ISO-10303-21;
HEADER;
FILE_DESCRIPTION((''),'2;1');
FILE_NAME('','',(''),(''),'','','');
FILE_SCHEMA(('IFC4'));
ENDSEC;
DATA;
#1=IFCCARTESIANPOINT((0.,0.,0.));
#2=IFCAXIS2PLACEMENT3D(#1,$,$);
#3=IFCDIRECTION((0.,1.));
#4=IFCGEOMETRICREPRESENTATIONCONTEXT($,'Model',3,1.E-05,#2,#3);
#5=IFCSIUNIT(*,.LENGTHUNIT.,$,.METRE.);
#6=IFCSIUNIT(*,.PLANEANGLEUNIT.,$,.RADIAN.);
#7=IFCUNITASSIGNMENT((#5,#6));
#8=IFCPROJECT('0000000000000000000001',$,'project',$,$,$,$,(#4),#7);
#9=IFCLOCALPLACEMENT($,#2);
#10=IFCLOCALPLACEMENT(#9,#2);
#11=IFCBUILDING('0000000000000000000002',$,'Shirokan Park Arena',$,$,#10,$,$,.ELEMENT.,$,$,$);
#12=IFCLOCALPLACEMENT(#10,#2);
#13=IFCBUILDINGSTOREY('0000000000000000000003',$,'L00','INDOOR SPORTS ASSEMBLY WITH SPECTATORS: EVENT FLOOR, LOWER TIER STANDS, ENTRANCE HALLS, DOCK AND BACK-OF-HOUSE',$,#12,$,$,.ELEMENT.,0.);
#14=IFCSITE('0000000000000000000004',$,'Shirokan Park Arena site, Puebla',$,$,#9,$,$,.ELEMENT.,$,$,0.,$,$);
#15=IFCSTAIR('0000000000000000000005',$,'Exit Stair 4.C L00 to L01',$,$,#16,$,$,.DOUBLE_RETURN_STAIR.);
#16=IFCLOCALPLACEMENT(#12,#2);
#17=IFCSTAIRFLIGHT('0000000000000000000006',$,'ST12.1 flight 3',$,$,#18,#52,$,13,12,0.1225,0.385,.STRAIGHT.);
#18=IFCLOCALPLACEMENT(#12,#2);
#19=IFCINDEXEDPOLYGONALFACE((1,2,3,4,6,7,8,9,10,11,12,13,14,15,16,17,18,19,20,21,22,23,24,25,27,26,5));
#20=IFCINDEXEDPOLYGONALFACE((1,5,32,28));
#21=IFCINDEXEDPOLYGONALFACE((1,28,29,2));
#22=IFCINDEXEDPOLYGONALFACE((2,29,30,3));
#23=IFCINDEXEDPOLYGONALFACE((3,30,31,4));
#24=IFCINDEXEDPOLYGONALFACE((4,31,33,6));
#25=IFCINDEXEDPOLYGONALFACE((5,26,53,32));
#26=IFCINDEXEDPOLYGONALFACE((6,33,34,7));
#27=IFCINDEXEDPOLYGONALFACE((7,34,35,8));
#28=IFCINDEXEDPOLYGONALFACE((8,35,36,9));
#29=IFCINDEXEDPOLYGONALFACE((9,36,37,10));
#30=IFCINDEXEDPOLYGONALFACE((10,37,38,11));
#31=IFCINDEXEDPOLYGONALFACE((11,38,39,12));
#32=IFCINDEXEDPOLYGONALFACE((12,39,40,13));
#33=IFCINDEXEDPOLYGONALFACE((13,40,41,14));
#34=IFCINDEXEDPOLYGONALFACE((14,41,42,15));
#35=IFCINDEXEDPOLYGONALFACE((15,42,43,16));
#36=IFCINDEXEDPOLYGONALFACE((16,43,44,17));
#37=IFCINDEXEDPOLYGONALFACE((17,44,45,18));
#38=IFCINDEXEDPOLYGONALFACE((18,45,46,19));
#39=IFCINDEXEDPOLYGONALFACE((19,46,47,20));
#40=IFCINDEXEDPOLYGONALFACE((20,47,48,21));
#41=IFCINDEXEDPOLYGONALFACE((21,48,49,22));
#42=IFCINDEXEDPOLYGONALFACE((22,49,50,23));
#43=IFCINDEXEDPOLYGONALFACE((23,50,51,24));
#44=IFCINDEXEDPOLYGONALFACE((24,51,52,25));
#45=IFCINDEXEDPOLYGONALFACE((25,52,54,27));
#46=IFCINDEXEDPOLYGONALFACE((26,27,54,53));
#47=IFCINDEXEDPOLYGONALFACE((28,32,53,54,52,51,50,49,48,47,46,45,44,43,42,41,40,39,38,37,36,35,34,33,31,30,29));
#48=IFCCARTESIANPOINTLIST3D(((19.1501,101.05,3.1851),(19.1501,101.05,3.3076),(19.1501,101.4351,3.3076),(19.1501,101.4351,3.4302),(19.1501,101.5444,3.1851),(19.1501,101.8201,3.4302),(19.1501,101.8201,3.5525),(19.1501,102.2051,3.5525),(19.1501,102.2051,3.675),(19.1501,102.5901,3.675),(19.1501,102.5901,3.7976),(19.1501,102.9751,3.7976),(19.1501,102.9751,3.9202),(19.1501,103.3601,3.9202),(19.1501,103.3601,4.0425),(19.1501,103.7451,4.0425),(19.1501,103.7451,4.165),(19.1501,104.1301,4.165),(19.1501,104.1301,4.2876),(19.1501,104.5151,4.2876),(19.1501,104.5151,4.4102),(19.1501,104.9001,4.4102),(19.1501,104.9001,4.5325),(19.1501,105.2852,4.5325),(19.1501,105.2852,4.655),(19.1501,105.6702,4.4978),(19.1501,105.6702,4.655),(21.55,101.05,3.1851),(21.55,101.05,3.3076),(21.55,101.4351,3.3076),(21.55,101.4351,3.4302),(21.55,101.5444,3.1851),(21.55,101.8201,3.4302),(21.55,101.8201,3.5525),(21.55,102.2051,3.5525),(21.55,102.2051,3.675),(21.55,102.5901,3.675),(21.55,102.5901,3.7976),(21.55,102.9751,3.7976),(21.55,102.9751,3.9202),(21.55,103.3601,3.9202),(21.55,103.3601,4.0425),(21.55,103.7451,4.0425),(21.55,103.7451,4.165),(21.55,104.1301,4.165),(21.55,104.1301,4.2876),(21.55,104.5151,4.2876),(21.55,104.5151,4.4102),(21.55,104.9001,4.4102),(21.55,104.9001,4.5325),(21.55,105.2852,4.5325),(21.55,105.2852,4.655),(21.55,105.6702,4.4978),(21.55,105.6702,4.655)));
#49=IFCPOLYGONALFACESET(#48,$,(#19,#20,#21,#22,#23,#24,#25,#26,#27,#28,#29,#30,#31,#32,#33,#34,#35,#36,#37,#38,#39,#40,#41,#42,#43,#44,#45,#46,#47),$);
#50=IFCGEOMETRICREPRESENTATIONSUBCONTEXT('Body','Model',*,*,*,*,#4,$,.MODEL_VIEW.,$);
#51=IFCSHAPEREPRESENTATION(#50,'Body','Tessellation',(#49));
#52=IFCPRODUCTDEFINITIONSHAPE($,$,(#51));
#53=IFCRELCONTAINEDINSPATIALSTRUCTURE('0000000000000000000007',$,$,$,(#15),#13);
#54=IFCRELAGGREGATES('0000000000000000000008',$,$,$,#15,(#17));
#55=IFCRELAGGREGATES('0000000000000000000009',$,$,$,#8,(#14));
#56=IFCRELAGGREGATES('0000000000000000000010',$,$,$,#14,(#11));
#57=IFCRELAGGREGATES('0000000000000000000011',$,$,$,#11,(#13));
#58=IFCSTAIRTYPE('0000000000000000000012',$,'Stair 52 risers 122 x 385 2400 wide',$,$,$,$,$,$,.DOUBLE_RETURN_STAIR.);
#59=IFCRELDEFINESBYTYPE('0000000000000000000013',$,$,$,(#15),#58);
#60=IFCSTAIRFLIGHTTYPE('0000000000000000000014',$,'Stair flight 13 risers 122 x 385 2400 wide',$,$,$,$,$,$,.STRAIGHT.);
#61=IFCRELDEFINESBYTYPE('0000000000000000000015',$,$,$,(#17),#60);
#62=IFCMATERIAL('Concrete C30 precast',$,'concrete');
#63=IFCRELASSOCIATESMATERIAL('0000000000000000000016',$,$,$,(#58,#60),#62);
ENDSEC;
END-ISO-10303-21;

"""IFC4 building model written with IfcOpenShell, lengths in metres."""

from ifc_helpers import new_model, si_unit, direction, frame, origin, place, context, subcontext, project, spatial, polyline, outline, extrude, material, type_object, element, aggregate, save


model = new_model("IFC4")

# Units and contexts
model_context = context("Model", 3, precision=1e-05, world=origin(), true_north=direction((0.0, 1.0)))
body_context = subcontext(model_context, "Body", "Model", "MODEL_VIEW")
ifc_project = project(units=[si_unit("LENGTHUNIT", "METRE"), si_unit("PLANEANGLEUNIT", "RADIAN")], contexts=[model_context])

# Site, building, storey
site_placement = place(None, origin())
site = spatial("IfcSite", under=ifc_project, at=site_placement, Name="Shirokan Park Arena site, Puebla", CompositionType="ELEMENT", RefElevation=0.0)
building_placement = place(site_placement, origin())
building = spatial("IfcBuilding", under=site, at=building_placement, Name="Shirokan Park Arena", CompositionType="ELEMENT")
storey_placement = place(building_placement, origin())
storey = spatial("IfcBuildingStorey", under=building, at=storey_placement, Name="L00", Description="INDOOR SPORTS ASSEMBLY WITH SPECTATORS: EVENT FLOOR, LOWER TIER STANDS, ENTRANCE HALLS, DOCK AND BACK-OF-HOUSE", CompositionType="ELEMENT", Elevation=0.0)

# Stair, stair flight
ifc_material_1 = material(Name="Concrete C30 precast", Category="concrete")
stair_type = type_object("IfcStairType", Name="Stair 52 risers 122 x 385 2400 wide", PredefinedType="DOUBLE_RETURN_STAIR", material=ifc_material_1)
stair_flight_type = type_object("IfcStairFlightType", Name="Stair flight 13 risers 122 x 385 2400 wide", PredefinedType="STRAIGHT", material=ifc_material_1)
stair_1_placement = place(storey_placement, origin())
stair_1 = element("IfcStair", 1, at=stair_1_placement, inside=storey, type_object=stair_type, Name="Exit Stair 4.C L00 to L01", PredefinedType="DOUBLE_RETURN_STAIR")
stair_flight_1_placement = place(storey_placement, frame((20.3501, 101.05, 3.1851), z_axis=(0.0, 0.0, 1.0), x_axis=(0.0, 1.0, 0.0)))
stair_flight_1 = element("IfcStairFlight", 2, at=stair_flight_1_placement, type_object=stair_flight_type, Name="ST12.1 flight 3", NumberOfRisers=13, NumberOfTreads=12, PredefinedType="STRAIGHT", RiserHeight=0.1225, TreadLength=0.385, context=body_context, shape_type="SweptSolid", body=[
    extrude(outline(polyline([(0.0, 0.0), (0.0, 0.1226), (0.385, 0.1226), (0.385, 0.2451), (0.77, 0.2451), (0.77, 0.3674), (1.155, 0.3674), (1.155, 0.49), (1.54, 0.49), (1.54, 0.6125), (1.925, 0.6125), (1.925, 0.7351), (2.3101, 0.7351), (2.3101, 0.8574), (2.6951, 0.8574), (2.6951, 0.98), (3.0801, 0.98), (3.0801, 1.1025), (3.4651, 1.1025), (3.4651, 1.2251), (3.8501, 1.2251), (3.8501, 1.3474), (4.2351, 1.3474), (4.2351, 1.47), (4.6201, 1.47), (4.6201, 1.5925), (4.6201, 1.3127), (0.4944, 0.0), (0.0, 0.0)])), frame((0.0, 1.2, 0.0), z_axis=(0.0, -1.0, 0.0), x_axis=(1.0, 0.0, 0.0)), (0.0, 0.0, 1.0), 2.3999),
])
aggregate(stair_1, [stair_flight_1])

save(model, "model.ifc")
